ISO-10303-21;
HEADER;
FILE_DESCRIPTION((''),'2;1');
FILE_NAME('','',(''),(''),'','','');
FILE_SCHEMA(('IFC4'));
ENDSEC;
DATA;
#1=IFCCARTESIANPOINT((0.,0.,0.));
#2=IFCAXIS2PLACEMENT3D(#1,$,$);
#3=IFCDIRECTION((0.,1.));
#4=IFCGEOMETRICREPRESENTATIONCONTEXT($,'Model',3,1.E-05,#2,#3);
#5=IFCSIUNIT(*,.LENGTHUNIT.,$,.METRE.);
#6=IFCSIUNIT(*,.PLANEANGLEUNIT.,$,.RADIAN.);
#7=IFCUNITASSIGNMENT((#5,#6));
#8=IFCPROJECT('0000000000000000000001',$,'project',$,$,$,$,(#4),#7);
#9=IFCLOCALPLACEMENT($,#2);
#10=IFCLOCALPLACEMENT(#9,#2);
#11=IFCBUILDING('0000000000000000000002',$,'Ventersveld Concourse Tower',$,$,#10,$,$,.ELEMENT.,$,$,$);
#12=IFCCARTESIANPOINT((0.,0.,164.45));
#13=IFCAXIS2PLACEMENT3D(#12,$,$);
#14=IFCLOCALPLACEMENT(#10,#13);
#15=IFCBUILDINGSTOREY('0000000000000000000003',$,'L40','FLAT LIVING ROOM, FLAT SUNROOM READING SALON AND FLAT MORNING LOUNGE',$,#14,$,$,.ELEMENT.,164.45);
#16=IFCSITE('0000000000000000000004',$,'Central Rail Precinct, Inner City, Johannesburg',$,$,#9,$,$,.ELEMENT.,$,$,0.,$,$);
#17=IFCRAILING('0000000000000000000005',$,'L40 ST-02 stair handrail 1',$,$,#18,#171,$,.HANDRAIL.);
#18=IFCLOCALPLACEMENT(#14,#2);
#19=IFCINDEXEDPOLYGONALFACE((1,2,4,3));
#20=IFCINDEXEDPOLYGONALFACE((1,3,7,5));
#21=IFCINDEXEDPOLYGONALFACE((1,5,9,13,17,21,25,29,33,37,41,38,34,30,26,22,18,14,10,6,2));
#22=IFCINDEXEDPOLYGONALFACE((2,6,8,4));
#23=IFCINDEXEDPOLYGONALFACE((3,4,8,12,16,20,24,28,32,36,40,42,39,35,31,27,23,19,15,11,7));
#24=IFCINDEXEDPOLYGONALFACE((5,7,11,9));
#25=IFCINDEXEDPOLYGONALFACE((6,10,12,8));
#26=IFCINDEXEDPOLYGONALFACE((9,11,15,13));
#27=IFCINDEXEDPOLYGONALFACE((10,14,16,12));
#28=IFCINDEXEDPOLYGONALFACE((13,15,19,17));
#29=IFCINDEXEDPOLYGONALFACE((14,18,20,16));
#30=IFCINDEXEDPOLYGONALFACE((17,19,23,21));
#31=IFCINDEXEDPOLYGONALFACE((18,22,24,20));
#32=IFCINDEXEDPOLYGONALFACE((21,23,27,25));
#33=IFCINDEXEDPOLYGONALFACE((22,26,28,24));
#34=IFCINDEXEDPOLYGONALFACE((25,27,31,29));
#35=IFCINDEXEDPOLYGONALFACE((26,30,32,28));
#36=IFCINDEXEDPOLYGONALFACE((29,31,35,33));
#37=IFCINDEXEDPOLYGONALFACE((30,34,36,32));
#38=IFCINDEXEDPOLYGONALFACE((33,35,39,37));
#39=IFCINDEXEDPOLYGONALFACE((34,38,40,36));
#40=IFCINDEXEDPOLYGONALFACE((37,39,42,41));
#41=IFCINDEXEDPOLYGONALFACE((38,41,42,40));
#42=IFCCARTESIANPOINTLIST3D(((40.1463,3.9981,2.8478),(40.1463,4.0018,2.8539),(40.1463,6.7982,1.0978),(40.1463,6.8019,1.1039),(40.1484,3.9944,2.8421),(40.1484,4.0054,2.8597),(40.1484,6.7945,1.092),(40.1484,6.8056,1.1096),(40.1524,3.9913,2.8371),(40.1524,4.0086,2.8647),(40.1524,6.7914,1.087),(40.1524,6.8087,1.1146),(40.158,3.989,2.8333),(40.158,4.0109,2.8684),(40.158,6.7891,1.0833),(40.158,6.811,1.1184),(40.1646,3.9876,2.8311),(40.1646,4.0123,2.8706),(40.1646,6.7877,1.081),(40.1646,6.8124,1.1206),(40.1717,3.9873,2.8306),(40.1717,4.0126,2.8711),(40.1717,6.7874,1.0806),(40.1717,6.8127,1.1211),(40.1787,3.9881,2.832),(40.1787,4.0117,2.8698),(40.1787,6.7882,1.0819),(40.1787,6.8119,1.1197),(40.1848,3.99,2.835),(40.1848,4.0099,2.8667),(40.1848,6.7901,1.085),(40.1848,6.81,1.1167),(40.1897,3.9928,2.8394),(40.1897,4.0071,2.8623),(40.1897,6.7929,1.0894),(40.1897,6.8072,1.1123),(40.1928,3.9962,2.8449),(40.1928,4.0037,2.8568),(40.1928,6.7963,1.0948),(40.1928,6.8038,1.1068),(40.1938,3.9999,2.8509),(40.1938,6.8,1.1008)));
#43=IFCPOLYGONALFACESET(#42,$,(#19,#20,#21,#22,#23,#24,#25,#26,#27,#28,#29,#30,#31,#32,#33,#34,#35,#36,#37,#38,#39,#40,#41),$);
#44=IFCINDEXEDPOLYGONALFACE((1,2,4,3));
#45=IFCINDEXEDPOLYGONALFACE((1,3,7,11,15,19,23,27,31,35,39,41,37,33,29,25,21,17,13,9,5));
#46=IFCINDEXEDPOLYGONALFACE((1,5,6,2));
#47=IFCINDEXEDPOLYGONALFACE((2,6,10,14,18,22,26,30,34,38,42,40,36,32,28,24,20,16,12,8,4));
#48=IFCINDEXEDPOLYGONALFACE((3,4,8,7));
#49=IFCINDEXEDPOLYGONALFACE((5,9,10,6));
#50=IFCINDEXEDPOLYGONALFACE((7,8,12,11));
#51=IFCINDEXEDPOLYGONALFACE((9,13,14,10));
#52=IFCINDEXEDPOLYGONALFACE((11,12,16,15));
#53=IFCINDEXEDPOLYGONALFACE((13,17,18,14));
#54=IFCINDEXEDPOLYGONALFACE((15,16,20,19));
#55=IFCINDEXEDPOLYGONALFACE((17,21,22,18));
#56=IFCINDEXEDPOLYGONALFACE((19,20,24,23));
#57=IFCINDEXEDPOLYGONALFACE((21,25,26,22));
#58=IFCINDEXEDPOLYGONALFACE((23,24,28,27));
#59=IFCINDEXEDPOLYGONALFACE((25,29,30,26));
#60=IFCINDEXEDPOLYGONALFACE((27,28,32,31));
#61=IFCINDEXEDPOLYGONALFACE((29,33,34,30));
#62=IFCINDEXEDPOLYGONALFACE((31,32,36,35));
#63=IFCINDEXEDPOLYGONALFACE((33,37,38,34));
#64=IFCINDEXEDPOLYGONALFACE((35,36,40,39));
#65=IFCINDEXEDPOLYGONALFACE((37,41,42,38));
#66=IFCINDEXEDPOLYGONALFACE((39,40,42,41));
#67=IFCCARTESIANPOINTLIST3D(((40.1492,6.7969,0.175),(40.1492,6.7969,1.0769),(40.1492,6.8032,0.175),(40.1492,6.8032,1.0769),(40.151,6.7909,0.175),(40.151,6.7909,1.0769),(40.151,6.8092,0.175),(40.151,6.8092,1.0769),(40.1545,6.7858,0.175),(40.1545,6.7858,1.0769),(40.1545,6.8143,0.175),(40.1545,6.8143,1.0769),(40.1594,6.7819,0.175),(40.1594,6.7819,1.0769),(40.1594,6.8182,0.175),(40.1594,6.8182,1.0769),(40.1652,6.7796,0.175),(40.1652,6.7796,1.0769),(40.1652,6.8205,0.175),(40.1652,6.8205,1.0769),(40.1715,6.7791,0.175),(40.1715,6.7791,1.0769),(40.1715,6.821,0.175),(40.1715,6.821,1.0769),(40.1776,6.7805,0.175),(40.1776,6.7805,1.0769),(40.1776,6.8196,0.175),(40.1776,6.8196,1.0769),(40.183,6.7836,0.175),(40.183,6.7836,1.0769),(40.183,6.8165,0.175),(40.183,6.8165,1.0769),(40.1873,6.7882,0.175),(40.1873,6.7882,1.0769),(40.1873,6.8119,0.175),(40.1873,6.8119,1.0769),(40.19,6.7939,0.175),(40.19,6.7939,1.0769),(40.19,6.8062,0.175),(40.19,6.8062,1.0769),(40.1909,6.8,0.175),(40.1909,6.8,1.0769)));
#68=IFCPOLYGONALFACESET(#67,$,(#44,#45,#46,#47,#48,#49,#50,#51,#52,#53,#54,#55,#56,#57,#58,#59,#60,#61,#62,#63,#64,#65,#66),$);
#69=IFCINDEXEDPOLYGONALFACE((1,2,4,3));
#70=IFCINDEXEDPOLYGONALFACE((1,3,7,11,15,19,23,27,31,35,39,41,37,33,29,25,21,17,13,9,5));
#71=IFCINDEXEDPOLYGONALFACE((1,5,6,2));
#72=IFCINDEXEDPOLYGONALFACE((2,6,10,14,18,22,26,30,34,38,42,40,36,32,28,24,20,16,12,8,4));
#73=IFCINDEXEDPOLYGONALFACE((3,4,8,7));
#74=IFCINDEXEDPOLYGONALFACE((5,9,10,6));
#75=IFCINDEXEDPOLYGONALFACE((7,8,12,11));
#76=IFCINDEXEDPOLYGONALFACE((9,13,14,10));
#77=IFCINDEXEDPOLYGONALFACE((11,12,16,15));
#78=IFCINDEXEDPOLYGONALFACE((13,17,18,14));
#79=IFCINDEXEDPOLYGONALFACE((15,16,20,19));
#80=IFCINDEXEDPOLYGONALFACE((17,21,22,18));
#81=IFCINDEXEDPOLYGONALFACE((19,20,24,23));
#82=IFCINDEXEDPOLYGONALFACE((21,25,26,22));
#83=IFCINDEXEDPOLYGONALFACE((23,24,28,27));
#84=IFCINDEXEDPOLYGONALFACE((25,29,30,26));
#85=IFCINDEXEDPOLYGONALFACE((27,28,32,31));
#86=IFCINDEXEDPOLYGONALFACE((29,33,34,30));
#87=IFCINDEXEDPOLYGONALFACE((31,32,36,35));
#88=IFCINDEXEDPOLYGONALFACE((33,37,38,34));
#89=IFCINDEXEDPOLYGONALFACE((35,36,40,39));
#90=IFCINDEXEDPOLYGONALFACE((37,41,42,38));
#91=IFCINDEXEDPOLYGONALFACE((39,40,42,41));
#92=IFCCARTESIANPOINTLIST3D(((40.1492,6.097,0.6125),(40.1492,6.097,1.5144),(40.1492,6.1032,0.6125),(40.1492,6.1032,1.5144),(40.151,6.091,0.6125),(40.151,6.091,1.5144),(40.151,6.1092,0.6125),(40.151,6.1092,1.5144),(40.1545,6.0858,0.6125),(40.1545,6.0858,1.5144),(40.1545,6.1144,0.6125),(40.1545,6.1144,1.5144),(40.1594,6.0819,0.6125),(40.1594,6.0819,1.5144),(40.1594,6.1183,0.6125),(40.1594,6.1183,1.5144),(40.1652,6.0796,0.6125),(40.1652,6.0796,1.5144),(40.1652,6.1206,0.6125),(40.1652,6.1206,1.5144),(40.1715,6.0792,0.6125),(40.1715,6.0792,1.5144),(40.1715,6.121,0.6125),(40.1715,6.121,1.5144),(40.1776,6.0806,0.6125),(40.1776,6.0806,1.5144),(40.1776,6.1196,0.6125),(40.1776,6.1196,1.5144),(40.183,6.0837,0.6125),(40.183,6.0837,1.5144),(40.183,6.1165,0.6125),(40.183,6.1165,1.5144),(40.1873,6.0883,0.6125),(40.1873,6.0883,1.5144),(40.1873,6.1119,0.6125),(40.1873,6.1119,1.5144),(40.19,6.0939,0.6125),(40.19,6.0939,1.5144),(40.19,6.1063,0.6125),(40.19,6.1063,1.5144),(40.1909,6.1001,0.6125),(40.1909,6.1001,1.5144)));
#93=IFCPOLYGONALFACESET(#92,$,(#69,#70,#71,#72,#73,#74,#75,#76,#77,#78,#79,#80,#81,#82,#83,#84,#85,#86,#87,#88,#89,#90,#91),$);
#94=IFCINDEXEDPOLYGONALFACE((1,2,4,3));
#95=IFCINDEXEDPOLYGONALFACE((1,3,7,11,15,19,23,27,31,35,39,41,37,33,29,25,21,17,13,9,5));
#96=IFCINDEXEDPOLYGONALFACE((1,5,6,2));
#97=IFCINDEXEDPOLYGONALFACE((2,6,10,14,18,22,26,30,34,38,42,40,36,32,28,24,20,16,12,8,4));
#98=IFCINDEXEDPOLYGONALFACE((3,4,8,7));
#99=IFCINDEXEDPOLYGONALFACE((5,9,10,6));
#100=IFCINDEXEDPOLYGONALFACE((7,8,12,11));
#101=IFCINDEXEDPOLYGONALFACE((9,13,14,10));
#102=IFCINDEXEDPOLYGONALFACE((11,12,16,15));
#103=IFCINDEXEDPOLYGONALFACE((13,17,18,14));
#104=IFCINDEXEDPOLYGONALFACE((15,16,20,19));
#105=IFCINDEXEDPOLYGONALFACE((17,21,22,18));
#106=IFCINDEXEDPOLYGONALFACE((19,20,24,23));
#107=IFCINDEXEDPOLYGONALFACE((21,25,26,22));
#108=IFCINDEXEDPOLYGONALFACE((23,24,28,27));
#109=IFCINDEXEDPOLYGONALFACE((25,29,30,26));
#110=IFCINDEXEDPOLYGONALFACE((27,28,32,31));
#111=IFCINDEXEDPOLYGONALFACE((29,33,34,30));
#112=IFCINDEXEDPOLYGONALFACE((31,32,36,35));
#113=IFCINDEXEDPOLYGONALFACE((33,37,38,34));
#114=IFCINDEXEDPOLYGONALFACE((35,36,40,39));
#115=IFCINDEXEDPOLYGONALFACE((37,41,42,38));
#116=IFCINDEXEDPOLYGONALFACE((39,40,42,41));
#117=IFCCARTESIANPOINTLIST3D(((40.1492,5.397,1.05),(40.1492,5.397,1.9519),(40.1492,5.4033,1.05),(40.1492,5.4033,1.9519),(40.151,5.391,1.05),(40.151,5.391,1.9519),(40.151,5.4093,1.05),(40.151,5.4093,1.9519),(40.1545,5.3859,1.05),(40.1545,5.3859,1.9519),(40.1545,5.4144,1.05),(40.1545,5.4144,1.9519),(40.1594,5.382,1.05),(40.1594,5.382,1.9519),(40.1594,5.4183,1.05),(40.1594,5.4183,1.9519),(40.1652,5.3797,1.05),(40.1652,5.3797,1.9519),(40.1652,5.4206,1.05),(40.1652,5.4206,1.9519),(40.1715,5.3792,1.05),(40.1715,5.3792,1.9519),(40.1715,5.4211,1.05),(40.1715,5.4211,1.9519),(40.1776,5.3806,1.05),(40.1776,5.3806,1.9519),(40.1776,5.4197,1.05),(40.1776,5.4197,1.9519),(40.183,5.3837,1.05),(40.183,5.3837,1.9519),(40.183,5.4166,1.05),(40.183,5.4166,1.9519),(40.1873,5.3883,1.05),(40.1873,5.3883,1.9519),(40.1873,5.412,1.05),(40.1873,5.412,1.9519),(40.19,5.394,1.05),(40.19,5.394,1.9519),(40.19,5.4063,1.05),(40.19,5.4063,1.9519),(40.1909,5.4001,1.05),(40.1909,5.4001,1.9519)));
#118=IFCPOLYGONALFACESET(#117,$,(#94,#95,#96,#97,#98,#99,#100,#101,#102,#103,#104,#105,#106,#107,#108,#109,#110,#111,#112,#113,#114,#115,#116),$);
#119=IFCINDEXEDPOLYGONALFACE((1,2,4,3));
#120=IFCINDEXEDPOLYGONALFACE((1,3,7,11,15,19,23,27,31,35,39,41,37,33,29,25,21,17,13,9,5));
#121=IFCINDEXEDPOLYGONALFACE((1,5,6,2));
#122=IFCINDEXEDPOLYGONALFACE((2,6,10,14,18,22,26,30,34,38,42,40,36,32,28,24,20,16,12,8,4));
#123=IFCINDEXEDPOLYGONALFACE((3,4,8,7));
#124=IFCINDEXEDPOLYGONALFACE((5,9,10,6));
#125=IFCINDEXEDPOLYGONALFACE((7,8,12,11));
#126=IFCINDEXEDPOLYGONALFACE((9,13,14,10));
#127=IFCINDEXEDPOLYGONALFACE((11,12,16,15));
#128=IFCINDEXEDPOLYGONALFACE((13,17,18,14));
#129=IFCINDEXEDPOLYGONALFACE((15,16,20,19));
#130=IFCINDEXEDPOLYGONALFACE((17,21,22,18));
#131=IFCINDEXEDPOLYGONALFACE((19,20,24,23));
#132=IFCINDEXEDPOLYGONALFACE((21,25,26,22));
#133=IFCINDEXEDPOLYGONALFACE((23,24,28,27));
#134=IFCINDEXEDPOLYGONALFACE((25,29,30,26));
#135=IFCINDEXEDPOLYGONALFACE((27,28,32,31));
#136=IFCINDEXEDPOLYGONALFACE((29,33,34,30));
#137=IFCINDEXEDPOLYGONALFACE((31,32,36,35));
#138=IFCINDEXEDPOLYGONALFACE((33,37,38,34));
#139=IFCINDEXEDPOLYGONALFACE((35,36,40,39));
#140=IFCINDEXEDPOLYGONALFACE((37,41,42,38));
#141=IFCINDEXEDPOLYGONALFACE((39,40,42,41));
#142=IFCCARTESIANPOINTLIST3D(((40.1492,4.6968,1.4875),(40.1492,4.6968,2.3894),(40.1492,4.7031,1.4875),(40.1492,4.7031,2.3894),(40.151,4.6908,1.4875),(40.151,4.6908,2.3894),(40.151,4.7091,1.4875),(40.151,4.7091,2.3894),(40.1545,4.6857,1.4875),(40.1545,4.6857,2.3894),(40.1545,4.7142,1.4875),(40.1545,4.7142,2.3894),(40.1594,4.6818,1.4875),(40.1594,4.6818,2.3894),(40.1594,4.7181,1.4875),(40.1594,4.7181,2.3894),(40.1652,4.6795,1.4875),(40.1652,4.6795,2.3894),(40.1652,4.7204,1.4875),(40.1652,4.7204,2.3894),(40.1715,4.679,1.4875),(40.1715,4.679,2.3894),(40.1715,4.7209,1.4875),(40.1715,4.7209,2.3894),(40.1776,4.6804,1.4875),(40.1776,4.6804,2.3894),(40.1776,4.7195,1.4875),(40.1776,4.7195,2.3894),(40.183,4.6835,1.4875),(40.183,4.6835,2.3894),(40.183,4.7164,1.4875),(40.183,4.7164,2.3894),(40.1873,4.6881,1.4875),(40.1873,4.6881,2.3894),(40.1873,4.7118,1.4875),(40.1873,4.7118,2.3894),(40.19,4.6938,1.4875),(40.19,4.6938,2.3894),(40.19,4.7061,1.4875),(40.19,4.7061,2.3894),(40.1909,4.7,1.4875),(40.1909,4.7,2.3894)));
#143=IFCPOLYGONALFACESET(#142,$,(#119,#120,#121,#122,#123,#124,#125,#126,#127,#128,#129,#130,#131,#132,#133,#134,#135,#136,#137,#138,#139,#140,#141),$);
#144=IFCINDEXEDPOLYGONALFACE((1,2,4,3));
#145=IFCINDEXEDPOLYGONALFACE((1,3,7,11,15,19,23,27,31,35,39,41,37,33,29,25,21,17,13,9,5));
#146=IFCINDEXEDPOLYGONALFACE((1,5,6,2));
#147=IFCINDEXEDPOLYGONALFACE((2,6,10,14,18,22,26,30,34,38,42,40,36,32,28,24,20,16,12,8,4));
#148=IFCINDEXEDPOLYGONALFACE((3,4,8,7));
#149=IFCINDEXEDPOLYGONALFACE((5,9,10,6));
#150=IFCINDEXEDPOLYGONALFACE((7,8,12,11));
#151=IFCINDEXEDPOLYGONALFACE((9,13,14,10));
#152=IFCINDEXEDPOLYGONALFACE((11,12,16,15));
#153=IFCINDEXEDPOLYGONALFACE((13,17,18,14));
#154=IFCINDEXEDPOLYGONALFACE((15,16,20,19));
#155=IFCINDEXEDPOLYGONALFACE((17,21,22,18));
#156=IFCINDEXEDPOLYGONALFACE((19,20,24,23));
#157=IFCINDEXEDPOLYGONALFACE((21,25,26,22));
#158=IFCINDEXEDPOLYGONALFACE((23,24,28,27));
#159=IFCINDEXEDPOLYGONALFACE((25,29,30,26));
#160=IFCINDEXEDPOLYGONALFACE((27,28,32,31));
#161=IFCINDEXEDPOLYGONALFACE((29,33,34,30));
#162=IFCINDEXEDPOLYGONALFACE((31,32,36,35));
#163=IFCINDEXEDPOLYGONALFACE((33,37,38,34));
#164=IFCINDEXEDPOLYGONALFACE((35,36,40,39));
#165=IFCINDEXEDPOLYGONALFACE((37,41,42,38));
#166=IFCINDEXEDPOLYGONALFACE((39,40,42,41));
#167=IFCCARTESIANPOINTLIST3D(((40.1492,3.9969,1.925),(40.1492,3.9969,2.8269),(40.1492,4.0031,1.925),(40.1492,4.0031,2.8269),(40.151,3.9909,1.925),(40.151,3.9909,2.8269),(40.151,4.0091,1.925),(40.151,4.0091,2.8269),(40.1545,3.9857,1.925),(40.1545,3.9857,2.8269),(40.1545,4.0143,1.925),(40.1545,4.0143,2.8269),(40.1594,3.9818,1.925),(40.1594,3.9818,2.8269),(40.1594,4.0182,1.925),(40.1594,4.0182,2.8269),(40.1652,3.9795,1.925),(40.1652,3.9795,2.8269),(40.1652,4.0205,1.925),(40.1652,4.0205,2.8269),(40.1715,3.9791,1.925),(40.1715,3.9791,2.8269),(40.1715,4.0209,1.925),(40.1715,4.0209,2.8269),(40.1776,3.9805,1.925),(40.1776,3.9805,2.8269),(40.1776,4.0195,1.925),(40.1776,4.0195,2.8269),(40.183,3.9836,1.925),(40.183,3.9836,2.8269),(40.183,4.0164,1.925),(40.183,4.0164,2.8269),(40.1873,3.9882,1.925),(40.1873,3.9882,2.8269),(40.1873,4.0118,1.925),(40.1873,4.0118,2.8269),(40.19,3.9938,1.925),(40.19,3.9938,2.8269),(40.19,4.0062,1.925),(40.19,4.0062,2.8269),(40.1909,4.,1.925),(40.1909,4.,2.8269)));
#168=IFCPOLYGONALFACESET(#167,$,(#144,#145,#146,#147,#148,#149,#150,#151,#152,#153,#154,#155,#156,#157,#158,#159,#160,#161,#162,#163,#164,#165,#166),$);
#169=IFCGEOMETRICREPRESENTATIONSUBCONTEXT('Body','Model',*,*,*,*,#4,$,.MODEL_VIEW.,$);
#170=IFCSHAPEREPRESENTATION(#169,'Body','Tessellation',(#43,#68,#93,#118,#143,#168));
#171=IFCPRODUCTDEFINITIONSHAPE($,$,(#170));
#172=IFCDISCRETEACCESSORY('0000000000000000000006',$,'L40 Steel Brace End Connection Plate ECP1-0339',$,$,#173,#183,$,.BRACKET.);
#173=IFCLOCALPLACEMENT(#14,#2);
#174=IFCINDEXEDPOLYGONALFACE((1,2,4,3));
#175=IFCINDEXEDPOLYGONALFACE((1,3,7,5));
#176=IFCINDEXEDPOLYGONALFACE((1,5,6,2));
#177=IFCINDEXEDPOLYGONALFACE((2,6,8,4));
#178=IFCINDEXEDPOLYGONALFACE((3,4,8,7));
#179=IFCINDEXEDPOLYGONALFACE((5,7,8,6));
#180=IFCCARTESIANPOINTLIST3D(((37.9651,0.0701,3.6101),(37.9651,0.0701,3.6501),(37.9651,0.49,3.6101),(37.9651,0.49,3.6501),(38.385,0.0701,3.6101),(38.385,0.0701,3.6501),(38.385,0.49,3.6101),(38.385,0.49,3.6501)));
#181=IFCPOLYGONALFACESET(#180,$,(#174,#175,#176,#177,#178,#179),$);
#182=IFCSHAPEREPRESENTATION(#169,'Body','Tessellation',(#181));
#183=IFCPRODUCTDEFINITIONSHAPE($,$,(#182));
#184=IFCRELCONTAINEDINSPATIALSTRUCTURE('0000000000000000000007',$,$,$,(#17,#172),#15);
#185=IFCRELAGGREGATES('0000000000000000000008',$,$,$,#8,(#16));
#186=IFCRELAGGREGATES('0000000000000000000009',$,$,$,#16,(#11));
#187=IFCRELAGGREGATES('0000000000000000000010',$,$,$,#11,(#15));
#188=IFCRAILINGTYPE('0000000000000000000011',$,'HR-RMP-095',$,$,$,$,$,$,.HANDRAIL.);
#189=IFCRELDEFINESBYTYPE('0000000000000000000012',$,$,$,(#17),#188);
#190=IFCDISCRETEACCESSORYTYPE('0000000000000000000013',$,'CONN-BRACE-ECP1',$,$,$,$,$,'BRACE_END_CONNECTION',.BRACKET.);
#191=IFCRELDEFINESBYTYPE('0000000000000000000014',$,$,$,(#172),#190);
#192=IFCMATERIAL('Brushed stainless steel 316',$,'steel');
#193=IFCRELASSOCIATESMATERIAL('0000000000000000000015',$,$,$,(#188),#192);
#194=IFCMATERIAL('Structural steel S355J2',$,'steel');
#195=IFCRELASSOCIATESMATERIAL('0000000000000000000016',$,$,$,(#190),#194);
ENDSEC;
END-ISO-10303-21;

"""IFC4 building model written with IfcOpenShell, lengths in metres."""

from ifc_helpers import new_model, si_unit, direction, frame, origin, origin_2d, place, context, subcontext, project, spatial, rectangle, circle, extrude, material, type_object, element, save


model = new_model("IFC4")

# Units and contexts
model_context = context("Model", 3, precision=1e-05, world=origin(), true_north=direction((0.0, 1.0)))
body_context = subcontext(model_context, "Body", "Model", "MODEL_VIEW")
ifc_project = project(units=[si_unit("LENGTHUNIT", "METRE"), si_unit("PLANEANGLEUNIT", "RADIAN")], contexts=[model_context])

# Site, building, storey
site_placement = place(None, origin())
site = spatial("IfcSite", under=ifc_project, at=site_placement, Name="Central Rail Precinct, Inner City, Johannesburg", CompositionType="ELEMENT", RefElevation=0.0)
building_placement = place(site_placement, origin())
building = spatial("IfcBuilding", under=site, at=building_placement, Name="Ventersveld Concourse Tower", CompositionType="ELEMENT")
storey_placement = place(building_placement, frame((0.0, 0.0, 164.45)))
storey = spatial("IfcBuildingStorey", under=building, at=storey_placement, Name="L40", Description="FLAT LIVING ROOM, FLAT SUNROOM READING SALON AND FLAT MORNING LOUNGE", CompositionType="ELEMENT", Elevation=164.45)

# Railing
ifc_material_1 = material(Name="Brushed stainless steel 316", Category="steel")
railing_type_1 = type_object("IfcRailingType", Name="HR-RMP-095", PredefinedType="HANDRAIL", material=ifc_material_1)
railing_1_placement = place(storey_placement, frame((40.1699, 6.8, 0.175)))
element("IfcRailing", 1, at=railing_1_placement, inside=storey, type_object=railing_type_1, Name="L40 ST-02 stair handrail 1", PredefinedType="HANDRAIL", context=body_context, shape_type="SweptSolid", body=[
    extrude(circle(Radius=0.0239, at=origin_2d()), frame((0.0, 0.0, 0.9258), z_axis=(0.0, -0.848002, 0.529992), x_axis=(1.0, 0.0, 0.0)), (0.0, 0.0, 1.0), 3.302),
    extrude(circle(Radius=0.021, at=origin_2d()), origin(), (0.0, 0.0, 1.0), 0.9019),
    extrude(circle(Radius=0.021, at=origin_2d()), frame((0.0, -0.7, 0.4375)), (0.0, 0.0, 1.0), 0.9019),
    extrude(circle(Radius=0.021, at=origin_2d()), frame((0.0, -1.3999, 0.875)), (0.0, 0.0, 1.0), 0.9019),
    extrude(circle(Radius=0.021, at=origin_2d()), frame((0.0, -2.1001, 1.3125)), (0.0, 0.0, 1.0), 0.9019),
    extrude(circle(Radius=0.021, at=origin_2d()), frame((0.0, -2.8, 1.75)), (0.0, 0.0, 1.0), 0.9019),
])

# Discrete accessory
ifc_material_2 = material(Name="Structural steel S355J2", Category="steel")
discrete_accessory_type = type_object("IfcDiscreteAccessoryType", Name="CONN-BRACE-ECP1", ElementType="BRACE_END_CONNECTION", PredefinedType="BRACKET", material=ifc_material_2)
discrete_accessory_placement = place(storey_placement, frame((38.175, 0.28, 3.6101), z_axis=(0.0, 0.0, 1.0), x_axis=(1.0, 0.0, 0.0)))
element("IfcDiscreteAccessory", 2, at=discrete_accessory_placement, inside=storey, type_object=discrete_accessory_type, Name="L40 Steel Brace End Connection Plate ECP1-0339", PredefinedType="BRACKET", context=body_context, shape_type="SweptSolid", body=[
    extrude(rectangle(XDim=0.4199, YDim=0.4199, at=origin_2d()), origin(), (0.0, 0.0, 1.0), 0.04),
])

save(model, "model.ifc")
